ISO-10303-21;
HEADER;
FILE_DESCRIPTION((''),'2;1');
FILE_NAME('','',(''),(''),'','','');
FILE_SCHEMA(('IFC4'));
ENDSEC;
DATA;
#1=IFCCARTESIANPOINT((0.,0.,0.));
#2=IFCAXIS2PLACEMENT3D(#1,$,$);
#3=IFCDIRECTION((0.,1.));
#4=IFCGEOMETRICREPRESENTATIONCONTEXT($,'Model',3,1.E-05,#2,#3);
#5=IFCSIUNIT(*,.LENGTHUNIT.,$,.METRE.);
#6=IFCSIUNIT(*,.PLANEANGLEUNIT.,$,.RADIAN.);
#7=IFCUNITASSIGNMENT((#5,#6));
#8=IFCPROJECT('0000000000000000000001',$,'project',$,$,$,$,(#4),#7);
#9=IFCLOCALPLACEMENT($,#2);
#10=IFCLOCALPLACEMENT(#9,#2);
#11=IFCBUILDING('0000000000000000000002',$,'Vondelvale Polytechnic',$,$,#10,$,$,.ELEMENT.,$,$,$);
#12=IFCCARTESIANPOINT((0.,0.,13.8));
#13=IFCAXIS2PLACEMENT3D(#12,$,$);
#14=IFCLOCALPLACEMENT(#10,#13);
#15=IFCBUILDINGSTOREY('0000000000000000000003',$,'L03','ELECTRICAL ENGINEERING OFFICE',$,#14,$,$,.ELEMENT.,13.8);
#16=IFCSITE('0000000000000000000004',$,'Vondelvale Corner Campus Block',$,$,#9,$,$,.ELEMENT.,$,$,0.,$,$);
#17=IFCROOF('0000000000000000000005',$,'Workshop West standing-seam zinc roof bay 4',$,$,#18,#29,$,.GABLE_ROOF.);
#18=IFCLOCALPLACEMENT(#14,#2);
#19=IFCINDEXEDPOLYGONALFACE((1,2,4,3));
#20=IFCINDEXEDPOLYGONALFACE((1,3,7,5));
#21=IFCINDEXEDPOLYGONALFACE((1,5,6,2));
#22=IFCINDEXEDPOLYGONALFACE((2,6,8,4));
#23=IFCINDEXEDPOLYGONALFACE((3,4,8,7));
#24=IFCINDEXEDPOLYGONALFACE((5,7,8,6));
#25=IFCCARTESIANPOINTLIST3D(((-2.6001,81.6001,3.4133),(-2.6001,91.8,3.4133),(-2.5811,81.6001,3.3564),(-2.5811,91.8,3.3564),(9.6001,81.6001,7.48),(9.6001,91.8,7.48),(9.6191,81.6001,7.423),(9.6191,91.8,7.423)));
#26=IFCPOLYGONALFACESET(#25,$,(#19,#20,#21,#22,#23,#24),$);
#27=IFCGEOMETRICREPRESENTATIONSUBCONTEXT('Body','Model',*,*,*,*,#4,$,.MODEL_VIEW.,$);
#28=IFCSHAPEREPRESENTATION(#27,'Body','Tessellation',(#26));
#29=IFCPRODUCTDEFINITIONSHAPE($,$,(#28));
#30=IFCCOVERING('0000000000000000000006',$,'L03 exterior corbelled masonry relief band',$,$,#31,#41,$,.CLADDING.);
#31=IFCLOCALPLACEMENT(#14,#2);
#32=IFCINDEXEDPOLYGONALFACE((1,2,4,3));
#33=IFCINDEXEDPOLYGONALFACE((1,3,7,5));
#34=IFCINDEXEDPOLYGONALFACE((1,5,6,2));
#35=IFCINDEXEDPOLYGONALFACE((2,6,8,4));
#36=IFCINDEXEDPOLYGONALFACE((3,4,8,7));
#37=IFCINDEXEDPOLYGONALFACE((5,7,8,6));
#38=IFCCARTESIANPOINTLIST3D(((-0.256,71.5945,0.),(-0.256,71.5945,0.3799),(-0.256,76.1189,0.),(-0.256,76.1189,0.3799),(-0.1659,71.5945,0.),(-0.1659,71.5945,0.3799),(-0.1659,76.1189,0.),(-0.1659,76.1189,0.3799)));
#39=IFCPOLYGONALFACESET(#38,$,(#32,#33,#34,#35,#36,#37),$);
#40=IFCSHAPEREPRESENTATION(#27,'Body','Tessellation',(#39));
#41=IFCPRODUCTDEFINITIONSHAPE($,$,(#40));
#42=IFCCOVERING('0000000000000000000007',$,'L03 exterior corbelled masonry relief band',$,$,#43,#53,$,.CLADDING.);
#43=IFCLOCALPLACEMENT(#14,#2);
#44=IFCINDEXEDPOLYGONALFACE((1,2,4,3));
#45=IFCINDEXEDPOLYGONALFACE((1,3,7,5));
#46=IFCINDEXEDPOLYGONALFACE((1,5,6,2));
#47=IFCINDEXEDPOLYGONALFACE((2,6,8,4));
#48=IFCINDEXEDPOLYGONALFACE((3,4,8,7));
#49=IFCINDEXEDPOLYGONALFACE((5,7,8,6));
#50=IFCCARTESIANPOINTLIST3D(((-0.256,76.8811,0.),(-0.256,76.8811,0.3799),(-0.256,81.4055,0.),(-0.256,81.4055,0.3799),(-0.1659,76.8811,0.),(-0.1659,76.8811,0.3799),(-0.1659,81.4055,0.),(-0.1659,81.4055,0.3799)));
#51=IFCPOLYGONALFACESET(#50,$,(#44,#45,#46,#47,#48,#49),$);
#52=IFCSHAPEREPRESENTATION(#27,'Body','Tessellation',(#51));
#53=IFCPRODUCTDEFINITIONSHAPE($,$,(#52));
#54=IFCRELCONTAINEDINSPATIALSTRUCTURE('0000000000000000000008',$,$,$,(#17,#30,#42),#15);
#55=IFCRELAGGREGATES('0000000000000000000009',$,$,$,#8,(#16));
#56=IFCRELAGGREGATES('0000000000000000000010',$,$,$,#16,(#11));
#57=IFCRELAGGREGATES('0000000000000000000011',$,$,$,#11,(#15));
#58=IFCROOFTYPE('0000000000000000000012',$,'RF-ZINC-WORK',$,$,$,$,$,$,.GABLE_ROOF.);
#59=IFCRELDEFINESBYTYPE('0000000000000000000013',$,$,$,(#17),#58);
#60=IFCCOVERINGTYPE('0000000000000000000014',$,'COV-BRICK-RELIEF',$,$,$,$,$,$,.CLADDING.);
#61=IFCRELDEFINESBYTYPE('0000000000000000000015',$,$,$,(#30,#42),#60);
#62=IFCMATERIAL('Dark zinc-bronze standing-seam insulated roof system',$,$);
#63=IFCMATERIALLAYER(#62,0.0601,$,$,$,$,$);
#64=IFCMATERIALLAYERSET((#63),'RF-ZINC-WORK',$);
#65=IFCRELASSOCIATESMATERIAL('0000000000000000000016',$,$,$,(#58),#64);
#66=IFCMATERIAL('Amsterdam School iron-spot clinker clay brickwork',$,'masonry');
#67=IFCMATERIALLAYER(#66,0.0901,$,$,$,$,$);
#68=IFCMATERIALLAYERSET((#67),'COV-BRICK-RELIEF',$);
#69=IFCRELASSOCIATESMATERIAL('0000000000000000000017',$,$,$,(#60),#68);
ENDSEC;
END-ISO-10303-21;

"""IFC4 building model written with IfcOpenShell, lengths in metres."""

from ifc_helpers import new_model, si_unit, direction, frame, origin, origin_2d, place, context, subcontext, project, spatial, polyline, rectangle, outline, extrude, material, layer, layer_set, type_object, element, save


model = new_model("IFC4")

# Units and contexts
model_context = context("Model", 3, precision=1e-05, world=origin(), true_north=direction((0.0, 1.0)))
body_context = subcontext(model_context, "Body", "Model", "MODEL_VIEW")
ifc_project = project(units=[si_unit("LENGTHUNIT", "METRE"), si_unit("PLANEANGLEUNIT", "RADIAN")], contexts=[model_context])

# Site, building, storey
site_placement = place(None, origin())
site = spatial("IfcSite", under=ifc_project, at=site_placement, Name="Vondelvale Corner Campus Block", CompositionType="ELEMENT", RefElevation=0.0)
building_placement = place(site_placement, origin())
building = spatial("IfcBuilding", under=site, at=building_placement, Name="Vondelvale Polytechnic", CompositionType="ELEMENT")
storey_placement = place(building_placement, frame((0.0, 0.0, 13.8)))
storey = spatial("IfcBuildingStorey", under=building, at=storey_placement, Name="L03", Description="ELECTRICAL ENGINEERING OFFICE", CompositionType="ELEMENT", Elevation=13.8)

# Shared definitions
ifc_material_1 = material(Name="Amsterdam School iron-spot clinker clay brickwork", Category="masonry")

# Roof
ifc_material_2 = material(Name="Dark zinc-bronze standing-seam insulated roof system")
ifc_layer_1 = layer(ifc_material_2, 0.0601)
ifc_layer_set_1 = layer_set([ifc_layer_1], Name="RF-ZINC-WORK")
roof_type = type_object("IfcRoofType", Name="RF-ZINC-WORK", PredefinedType="GABLE_ROOF", material=ifc_layer_set_1)
roof_placement = place(storey_placement, frame((-2.6001, 81.6001, 3.4133), z_axis=(-0.316222, 0.0, 0.948685), x_axis=(0.948685, 0.0, 0.316222)))
element("IfcRoof", 1, at=roof_placement, inside=storey, type_object=roof_type, Name="Workshop West standing-seam zinc roof bay 4", PredefinedType="GABLE_ROOF", context=body_context, shape_type="SweptSolid", body=[
    extrude(outline(polyline([(0.0, 0.0), (12.8601, 0.0), (12.8601, 10.2), (0.0, 10.2), (0.0, 0.0)])), origin(), (0.0, 0.0, -1.0), 0.0601),
])

# Coverings
ifc_layer_2 = layer(ifc_material_1, 0.0901)
ifc_layer_set_2 = layer_set([ifc_layer_2], Name="COV-BRICK-RELIEF")
covering_type = type_object("IfcCoveringType", Name="COV-BRICK-RELIEF", PredefinedType="CLADDING", material=ifc_layer_set_2)
for number, where, z_axis, x_axis, name in (
    (2, (-0.2109, 73.8567, 0.0), (0.0, 0.0, 1.0), (0.0, 1.0, 0.0), "L03 exterior corbelled masonry relief band"),
    (3, (-0.2109, 79.1433, 0.0), (0.0, 0.0, 1.0), (0.0, 1.0, 0.0), "L03 exterior corbelled masonry relief band"),
):
    element("IfcCovering", number, at=place(storey_placement, frame(where, z_axis=z_axis, x_axis=x_axis)), inside=storey, type_object=covering_type, Name=name, PredefinedType="CLADDING", context=body_context, shape_type="SweptSolid", body=[
        extrude(rectangle(XDim=4.5244, YDim=0.0901, at=origin_2d()), origin(), (0.0, 0.0, 1.0), 0.3799),
    ])

save(model, "model.ifc")
